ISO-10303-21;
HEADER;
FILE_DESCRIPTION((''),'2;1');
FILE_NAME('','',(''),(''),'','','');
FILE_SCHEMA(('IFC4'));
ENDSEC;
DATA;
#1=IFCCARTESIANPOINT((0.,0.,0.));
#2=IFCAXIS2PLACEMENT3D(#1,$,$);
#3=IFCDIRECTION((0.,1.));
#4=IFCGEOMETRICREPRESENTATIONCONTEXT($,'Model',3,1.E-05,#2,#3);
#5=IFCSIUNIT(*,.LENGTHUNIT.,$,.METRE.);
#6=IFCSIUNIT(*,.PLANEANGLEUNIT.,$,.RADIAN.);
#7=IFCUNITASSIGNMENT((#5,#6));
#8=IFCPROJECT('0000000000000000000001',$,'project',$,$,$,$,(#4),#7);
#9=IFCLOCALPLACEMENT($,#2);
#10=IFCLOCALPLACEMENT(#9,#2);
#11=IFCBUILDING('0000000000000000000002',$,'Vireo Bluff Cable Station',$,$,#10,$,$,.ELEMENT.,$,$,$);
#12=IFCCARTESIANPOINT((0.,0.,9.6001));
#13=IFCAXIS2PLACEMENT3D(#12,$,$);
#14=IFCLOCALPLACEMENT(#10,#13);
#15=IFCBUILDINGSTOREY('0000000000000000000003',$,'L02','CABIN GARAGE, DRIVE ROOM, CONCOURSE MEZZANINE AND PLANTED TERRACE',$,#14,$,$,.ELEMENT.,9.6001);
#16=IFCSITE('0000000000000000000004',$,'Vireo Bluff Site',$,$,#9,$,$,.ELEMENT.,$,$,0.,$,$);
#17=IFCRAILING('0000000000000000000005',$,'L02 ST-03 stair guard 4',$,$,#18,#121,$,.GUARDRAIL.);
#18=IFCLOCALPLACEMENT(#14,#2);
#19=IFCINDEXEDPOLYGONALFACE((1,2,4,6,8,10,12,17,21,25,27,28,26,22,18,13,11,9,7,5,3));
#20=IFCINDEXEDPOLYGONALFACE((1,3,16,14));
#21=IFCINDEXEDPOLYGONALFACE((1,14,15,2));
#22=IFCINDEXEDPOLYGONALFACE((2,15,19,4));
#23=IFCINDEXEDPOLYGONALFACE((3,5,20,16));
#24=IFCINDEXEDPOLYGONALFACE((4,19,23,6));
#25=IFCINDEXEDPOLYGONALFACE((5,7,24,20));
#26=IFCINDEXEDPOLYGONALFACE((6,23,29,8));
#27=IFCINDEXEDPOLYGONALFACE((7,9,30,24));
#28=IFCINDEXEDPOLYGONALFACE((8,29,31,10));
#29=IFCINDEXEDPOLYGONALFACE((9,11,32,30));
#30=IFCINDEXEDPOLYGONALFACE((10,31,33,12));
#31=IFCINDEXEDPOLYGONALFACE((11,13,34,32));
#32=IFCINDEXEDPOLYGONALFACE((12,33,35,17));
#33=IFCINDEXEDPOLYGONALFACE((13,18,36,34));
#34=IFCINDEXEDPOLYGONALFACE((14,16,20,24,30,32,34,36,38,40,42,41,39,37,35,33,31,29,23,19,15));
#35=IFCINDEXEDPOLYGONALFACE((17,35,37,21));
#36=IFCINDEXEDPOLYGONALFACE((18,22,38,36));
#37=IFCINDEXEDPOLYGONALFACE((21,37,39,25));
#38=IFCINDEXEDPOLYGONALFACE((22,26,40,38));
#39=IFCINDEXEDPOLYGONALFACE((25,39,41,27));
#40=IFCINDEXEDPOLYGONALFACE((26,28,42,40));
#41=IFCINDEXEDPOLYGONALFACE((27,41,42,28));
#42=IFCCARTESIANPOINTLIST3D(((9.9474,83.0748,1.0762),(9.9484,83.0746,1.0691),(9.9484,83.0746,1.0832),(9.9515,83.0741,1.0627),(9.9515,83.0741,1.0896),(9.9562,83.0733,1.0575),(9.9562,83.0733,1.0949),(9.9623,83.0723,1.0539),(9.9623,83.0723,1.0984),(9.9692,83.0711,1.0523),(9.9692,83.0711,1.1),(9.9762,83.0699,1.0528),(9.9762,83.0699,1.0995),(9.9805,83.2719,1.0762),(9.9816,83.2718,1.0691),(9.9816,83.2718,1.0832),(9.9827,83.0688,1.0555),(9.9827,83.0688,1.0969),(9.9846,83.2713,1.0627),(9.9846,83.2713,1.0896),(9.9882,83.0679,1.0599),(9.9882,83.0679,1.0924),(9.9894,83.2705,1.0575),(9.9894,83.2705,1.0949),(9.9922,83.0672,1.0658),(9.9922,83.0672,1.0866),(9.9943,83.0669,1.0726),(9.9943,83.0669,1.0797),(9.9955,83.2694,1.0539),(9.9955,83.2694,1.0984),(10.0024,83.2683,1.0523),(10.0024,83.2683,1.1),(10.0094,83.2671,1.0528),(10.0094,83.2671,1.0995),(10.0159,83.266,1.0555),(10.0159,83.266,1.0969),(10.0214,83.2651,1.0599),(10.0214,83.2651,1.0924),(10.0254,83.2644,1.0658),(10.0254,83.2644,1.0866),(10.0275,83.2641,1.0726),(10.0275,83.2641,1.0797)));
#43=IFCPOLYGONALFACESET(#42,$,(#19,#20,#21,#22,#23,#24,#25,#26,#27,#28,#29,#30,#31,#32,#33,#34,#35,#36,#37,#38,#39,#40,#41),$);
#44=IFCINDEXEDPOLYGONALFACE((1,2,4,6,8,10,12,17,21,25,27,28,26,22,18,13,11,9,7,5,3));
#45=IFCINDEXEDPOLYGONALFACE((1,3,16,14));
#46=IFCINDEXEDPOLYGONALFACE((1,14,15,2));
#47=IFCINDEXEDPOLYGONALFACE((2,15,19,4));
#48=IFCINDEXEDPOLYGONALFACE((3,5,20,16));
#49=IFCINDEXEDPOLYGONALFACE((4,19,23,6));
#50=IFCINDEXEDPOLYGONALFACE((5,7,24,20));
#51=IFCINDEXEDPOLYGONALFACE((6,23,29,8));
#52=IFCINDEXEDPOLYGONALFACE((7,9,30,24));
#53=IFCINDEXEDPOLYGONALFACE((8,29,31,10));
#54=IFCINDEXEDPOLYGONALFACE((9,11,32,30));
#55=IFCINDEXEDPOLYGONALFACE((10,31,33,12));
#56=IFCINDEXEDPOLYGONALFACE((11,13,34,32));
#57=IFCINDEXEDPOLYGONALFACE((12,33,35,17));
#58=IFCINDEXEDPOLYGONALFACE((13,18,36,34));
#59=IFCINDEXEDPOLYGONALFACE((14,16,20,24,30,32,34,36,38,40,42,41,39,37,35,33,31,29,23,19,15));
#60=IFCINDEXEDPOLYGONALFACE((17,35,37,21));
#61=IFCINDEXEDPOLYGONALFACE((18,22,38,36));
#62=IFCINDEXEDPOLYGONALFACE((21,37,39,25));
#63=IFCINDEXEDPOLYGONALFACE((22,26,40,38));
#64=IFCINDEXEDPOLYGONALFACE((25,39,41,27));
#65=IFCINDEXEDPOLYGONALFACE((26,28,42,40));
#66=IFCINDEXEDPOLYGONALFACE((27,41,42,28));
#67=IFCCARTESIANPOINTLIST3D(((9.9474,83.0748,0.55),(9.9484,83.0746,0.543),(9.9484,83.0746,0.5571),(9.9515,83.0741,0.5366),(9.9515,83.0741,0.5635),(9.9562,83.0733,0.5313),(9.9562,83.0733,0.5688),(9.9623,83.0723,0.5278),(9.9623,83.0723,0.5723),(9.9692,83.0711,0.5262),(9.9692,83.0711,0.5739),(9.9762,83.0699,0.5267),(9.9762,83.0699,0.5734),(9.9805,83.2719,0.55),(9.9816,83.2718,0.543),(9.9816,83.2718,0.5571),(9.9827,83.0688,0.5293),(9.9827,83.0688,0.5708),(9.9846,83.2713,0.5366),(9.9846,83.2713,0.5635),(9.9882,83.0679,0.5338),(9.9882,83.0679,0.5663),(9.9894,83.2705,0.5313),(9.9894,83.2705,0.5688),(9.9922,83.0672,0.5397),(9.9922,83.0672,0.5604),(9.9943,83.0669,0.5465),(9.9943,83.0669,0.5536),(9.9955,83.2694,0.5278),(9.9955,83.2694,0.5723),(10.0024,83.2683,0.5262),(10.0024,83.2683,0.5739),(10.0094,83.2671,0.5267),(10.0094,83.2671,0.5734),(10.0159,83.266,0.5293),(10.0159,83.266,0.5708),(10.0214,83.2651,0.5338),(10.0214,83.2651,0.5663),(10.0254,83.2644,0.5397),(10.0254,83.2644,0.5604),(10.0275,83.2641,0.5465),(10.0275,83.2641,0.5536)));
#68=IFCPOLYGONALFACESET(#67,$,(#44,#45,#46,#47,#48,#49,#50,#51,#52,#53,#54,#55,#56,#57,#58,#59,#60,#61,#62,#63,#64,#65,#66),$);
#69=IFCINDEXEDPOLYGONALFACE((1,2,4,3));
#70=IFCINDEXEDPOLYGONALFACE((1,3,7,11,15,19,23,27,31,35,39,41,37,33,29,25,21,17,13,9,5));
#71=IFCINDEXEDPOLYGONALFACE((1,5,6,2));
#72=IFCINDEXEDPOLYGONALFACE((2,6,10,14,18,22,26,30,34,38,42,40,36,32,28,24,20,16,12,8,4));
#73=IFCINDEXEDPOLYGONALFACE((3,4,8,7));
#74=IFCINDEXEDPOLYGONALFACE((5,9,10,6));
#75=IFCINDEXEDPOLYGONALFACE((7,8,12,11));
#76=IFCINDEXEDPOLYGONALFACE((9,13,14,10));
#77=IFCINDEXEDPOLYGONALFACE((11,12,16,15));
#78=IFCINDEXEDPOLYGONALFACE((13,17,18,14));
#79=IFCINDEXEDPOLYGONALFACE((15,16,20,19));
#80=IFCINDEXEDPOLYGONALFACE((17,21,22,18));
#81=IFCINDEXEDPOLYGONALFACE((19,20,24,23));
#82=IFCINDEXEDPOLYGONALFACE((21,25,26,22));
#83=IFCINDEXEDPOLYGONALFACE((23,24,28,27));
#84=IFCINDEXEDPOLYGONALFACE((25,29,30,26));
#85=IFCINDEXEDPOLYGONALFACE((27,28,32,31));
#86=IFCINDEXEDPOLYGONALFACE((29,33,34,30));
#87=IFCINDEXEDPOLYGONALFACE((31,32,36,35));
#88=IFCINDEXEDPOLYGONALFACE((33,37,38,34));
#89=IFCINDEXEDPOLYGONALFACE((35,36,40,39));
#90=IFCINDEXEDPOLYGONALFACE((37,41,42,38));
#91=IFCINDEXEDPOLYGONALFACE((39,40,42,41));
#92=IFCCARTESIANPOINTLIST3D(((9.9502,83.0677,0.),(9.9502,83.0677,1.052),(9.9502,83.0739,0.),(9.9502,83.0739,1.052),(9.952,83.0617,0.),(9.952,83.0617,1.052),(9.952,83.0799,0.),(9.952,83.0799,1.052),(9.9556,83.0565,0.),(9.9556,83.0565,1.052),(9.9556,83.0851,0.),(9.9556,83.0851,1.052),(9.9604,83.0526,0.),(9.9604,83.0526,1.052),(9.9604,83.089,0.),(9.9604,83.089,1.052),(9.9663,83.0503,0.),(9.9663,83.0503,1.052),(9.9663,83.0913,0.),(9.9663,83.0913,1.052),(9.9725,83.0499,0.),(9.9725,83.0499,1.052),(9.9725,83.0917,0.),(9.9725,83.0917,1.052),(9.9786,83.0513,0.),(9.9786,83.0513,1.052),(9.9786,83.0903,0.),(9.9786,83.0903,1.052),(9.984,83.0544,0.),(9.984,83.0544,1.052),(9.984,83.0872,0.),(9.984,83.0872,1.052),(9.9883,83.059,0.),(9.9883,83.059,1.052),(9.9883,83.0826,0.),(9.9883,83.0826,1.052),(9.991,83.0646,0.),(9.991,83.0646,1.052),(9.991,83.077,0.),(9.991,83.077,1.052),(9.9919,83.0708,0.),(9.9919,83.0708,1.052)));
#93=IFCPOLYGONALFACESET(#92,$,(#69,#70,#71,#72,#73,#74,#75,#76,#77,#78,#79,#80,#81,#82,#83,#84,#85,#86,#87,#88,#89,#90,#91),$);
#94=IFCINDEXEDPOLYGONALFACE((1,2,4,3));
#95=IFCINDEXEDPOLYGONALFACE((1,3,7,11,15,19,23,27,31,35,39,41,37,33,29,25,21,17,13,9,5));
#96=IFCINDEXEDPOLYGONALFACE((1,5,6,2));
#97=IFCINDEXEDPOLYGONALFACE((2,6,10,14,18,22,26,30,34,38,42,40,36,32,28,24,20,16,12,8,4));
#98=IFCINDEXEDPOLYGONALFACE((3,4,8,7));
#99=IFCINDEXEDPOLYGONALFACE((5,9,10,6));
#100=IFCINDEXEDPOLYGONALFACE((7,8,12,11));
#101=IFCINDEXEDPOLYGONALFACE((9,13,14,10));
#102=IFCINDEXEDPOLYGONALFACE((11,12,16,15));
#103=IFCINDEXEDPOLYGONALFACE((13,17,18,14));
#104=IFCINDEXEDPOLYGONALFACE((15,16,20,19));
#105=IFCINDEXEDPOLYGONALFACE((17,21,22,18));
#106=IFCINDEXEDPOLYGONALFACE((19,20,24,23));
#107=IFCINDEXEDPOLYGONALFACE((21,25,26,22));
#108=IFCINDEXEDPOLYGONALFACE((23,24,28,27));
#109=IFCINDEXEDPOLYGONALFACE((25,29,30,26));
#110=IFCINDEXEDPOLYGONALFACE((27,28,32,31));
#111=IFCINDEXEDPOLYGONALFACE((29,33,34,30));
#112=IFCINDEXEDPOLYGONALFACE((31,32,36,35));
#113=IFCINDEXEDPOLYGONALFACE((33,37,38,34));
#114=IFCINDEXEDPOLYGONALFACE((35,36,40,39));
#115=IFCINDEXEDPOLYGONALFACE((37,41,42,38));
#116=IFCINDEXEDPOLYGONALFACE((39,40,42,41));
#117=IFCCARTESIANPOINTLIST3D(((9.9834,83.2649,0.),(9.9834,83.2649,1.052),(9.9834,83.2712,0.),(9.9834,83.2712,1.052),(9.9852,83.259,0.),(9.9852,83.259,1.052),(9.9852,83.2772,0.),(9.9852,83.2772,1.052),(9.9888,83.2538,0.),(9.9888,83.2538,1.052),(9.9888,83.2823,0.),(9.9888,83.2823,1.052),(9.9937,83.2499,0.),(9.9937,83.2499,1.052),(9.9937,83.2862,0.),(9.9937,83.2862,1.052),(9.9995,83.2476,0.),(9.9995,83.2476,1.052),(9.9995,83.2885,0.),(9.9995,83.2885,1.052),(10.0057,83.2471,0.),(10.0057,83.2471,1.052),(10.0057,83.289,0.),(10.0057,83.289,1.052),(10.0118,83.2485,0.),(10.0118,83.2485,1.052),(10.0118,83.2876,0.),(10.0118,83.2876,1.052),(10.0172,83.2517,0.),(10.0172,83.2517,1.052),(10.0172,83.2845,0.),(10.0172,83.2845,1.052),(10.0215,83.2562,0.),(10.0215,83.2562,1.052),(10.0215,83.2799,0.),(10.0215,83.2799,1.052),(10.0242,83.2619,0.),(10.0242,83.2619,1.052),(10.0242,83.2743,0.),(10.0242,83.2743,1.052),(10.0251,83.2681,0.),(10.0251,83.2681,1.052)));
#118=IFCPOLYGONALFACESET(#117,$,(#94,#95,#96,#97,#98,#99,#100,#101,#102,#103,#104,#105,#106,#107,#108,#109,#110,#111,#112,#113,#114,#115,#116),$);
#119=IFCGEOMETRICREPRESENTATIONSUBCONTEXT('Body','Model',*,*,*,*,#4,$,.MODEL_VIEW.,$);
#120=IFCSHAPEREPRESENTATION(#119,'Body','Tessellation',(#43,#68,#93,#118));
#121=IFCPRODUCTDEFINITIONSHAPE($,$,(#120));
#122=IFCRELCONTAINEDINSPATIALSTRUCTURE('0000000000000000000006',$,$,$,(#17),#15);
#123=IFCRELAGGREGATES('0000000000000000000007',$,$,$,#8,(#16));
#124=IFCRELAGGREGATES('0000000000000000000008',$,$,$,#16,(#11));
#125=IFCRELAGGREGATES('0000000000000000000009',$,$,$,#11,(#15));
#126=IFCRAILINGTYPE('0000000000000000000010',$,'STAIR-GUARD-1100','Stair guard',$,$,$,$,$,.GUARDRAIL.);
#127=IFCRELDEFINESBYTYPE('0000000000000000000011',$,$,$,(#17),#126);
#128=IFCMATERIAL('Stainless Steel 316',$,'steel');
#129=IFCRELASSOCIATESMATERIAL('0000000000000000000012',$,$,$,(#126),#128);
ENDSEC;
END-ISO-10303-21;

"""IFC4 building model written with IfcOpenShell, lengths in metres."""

from ifc_helpers import new_model, si_unit, direction, frame, origin, origin_2d, place, context, subcontext, project, spatial, circle, extrude, material, type_object, element, save


model = new_model("IFC4")

# Units and contexts
model_context = context("Model", 3, precision=1e-05, world=origin(), true_north=direction((0.0, 1.0)))
body_context = subcontext(model_context, "Body", "Model", "MODEL_VIEW")
ifc_project = project(units=[si_unit("LENGTHUNIT", "METRE"), si_unit("PLANEANGLEUNIT", "RADIAN")], contexts=[model_context])

# Site, building, storey
site_placement = place(None, origin())
site = spatial("IfcSite", under=ifc_project, at=site_placement, Name="Vireo Bluff Site", CompositionType="ELEMENT", RefElevation=0.0)
building_placement = place(site_placement, origin())
building = spatial("IfcBuilding", under=site, at=building_placement, Name="Vireo Bluff Cable Station", CompositionType="ELEMENT")
storey_placement = place(building_placement, frame((0.0, 0.0, 9.6001)))
storey = spatial("IfcBuildingStorey", under=building, at=storey_placement, Name="L02", Description="CABIN GARAGE, DRIVE ROOM, CONCOURSE MEZZANINE AND PLANTED TERRACE", CompositionType="ELEMENT", Elevation=9.6001)

# Shared definitions
ifc_material_1 = material(Name="Stainless Steel 316", Category="steel")

# Railing
railing_type_1 = type_object("IfcRailingType", Name="STAIR-GUARD-1100", Description="Stair guard", PredefinedType="GUARDRAIL", material=ifc_material_1)
railing_1_placement = place(storey_placement, frame((9.9709, 83.0708, 0.0)))
element("IfcRailing", 1, at=railing_1_placement, inside=storey, type_object=railing_type_1, Name="L02 ST-03 stair guard 4", PredefinedType="GUARDRAIL", context=body_context, shape_type="SweptSolid", body=[
    extrude(circle(Radius=0.0239, at=origin_2d()), frame((0.0, 0.0, 1.0762), z_axis=(0.165982, 0.986129, 0.0), x_axis=(-0.986129, 0.165982, 0.0)), (0.0, 0.0, 1.0), 0.2),
    extrude(circle(Radius=0.0239, at=origin_2d()), frame((0.0, 0.0, 0.55), z_axis=(0.165982, 0.986129, 0.0), x_axis=(-0.986129, 0.165982, 0.0)), (0.0, 0.0, 1.0), 0.2),
    extrude(circle(Radius=0.021, at=origin_2d()), origin(), (0.0, 0.0, 1.0), 1.052),
    extrude(circle(Radius=0.021, at=origin_2d()), frame((0.0332, 0.1973, 0.0)), (0.0, 0.0, 1.0), 1.052),
])

save(model, "model.ifc")
